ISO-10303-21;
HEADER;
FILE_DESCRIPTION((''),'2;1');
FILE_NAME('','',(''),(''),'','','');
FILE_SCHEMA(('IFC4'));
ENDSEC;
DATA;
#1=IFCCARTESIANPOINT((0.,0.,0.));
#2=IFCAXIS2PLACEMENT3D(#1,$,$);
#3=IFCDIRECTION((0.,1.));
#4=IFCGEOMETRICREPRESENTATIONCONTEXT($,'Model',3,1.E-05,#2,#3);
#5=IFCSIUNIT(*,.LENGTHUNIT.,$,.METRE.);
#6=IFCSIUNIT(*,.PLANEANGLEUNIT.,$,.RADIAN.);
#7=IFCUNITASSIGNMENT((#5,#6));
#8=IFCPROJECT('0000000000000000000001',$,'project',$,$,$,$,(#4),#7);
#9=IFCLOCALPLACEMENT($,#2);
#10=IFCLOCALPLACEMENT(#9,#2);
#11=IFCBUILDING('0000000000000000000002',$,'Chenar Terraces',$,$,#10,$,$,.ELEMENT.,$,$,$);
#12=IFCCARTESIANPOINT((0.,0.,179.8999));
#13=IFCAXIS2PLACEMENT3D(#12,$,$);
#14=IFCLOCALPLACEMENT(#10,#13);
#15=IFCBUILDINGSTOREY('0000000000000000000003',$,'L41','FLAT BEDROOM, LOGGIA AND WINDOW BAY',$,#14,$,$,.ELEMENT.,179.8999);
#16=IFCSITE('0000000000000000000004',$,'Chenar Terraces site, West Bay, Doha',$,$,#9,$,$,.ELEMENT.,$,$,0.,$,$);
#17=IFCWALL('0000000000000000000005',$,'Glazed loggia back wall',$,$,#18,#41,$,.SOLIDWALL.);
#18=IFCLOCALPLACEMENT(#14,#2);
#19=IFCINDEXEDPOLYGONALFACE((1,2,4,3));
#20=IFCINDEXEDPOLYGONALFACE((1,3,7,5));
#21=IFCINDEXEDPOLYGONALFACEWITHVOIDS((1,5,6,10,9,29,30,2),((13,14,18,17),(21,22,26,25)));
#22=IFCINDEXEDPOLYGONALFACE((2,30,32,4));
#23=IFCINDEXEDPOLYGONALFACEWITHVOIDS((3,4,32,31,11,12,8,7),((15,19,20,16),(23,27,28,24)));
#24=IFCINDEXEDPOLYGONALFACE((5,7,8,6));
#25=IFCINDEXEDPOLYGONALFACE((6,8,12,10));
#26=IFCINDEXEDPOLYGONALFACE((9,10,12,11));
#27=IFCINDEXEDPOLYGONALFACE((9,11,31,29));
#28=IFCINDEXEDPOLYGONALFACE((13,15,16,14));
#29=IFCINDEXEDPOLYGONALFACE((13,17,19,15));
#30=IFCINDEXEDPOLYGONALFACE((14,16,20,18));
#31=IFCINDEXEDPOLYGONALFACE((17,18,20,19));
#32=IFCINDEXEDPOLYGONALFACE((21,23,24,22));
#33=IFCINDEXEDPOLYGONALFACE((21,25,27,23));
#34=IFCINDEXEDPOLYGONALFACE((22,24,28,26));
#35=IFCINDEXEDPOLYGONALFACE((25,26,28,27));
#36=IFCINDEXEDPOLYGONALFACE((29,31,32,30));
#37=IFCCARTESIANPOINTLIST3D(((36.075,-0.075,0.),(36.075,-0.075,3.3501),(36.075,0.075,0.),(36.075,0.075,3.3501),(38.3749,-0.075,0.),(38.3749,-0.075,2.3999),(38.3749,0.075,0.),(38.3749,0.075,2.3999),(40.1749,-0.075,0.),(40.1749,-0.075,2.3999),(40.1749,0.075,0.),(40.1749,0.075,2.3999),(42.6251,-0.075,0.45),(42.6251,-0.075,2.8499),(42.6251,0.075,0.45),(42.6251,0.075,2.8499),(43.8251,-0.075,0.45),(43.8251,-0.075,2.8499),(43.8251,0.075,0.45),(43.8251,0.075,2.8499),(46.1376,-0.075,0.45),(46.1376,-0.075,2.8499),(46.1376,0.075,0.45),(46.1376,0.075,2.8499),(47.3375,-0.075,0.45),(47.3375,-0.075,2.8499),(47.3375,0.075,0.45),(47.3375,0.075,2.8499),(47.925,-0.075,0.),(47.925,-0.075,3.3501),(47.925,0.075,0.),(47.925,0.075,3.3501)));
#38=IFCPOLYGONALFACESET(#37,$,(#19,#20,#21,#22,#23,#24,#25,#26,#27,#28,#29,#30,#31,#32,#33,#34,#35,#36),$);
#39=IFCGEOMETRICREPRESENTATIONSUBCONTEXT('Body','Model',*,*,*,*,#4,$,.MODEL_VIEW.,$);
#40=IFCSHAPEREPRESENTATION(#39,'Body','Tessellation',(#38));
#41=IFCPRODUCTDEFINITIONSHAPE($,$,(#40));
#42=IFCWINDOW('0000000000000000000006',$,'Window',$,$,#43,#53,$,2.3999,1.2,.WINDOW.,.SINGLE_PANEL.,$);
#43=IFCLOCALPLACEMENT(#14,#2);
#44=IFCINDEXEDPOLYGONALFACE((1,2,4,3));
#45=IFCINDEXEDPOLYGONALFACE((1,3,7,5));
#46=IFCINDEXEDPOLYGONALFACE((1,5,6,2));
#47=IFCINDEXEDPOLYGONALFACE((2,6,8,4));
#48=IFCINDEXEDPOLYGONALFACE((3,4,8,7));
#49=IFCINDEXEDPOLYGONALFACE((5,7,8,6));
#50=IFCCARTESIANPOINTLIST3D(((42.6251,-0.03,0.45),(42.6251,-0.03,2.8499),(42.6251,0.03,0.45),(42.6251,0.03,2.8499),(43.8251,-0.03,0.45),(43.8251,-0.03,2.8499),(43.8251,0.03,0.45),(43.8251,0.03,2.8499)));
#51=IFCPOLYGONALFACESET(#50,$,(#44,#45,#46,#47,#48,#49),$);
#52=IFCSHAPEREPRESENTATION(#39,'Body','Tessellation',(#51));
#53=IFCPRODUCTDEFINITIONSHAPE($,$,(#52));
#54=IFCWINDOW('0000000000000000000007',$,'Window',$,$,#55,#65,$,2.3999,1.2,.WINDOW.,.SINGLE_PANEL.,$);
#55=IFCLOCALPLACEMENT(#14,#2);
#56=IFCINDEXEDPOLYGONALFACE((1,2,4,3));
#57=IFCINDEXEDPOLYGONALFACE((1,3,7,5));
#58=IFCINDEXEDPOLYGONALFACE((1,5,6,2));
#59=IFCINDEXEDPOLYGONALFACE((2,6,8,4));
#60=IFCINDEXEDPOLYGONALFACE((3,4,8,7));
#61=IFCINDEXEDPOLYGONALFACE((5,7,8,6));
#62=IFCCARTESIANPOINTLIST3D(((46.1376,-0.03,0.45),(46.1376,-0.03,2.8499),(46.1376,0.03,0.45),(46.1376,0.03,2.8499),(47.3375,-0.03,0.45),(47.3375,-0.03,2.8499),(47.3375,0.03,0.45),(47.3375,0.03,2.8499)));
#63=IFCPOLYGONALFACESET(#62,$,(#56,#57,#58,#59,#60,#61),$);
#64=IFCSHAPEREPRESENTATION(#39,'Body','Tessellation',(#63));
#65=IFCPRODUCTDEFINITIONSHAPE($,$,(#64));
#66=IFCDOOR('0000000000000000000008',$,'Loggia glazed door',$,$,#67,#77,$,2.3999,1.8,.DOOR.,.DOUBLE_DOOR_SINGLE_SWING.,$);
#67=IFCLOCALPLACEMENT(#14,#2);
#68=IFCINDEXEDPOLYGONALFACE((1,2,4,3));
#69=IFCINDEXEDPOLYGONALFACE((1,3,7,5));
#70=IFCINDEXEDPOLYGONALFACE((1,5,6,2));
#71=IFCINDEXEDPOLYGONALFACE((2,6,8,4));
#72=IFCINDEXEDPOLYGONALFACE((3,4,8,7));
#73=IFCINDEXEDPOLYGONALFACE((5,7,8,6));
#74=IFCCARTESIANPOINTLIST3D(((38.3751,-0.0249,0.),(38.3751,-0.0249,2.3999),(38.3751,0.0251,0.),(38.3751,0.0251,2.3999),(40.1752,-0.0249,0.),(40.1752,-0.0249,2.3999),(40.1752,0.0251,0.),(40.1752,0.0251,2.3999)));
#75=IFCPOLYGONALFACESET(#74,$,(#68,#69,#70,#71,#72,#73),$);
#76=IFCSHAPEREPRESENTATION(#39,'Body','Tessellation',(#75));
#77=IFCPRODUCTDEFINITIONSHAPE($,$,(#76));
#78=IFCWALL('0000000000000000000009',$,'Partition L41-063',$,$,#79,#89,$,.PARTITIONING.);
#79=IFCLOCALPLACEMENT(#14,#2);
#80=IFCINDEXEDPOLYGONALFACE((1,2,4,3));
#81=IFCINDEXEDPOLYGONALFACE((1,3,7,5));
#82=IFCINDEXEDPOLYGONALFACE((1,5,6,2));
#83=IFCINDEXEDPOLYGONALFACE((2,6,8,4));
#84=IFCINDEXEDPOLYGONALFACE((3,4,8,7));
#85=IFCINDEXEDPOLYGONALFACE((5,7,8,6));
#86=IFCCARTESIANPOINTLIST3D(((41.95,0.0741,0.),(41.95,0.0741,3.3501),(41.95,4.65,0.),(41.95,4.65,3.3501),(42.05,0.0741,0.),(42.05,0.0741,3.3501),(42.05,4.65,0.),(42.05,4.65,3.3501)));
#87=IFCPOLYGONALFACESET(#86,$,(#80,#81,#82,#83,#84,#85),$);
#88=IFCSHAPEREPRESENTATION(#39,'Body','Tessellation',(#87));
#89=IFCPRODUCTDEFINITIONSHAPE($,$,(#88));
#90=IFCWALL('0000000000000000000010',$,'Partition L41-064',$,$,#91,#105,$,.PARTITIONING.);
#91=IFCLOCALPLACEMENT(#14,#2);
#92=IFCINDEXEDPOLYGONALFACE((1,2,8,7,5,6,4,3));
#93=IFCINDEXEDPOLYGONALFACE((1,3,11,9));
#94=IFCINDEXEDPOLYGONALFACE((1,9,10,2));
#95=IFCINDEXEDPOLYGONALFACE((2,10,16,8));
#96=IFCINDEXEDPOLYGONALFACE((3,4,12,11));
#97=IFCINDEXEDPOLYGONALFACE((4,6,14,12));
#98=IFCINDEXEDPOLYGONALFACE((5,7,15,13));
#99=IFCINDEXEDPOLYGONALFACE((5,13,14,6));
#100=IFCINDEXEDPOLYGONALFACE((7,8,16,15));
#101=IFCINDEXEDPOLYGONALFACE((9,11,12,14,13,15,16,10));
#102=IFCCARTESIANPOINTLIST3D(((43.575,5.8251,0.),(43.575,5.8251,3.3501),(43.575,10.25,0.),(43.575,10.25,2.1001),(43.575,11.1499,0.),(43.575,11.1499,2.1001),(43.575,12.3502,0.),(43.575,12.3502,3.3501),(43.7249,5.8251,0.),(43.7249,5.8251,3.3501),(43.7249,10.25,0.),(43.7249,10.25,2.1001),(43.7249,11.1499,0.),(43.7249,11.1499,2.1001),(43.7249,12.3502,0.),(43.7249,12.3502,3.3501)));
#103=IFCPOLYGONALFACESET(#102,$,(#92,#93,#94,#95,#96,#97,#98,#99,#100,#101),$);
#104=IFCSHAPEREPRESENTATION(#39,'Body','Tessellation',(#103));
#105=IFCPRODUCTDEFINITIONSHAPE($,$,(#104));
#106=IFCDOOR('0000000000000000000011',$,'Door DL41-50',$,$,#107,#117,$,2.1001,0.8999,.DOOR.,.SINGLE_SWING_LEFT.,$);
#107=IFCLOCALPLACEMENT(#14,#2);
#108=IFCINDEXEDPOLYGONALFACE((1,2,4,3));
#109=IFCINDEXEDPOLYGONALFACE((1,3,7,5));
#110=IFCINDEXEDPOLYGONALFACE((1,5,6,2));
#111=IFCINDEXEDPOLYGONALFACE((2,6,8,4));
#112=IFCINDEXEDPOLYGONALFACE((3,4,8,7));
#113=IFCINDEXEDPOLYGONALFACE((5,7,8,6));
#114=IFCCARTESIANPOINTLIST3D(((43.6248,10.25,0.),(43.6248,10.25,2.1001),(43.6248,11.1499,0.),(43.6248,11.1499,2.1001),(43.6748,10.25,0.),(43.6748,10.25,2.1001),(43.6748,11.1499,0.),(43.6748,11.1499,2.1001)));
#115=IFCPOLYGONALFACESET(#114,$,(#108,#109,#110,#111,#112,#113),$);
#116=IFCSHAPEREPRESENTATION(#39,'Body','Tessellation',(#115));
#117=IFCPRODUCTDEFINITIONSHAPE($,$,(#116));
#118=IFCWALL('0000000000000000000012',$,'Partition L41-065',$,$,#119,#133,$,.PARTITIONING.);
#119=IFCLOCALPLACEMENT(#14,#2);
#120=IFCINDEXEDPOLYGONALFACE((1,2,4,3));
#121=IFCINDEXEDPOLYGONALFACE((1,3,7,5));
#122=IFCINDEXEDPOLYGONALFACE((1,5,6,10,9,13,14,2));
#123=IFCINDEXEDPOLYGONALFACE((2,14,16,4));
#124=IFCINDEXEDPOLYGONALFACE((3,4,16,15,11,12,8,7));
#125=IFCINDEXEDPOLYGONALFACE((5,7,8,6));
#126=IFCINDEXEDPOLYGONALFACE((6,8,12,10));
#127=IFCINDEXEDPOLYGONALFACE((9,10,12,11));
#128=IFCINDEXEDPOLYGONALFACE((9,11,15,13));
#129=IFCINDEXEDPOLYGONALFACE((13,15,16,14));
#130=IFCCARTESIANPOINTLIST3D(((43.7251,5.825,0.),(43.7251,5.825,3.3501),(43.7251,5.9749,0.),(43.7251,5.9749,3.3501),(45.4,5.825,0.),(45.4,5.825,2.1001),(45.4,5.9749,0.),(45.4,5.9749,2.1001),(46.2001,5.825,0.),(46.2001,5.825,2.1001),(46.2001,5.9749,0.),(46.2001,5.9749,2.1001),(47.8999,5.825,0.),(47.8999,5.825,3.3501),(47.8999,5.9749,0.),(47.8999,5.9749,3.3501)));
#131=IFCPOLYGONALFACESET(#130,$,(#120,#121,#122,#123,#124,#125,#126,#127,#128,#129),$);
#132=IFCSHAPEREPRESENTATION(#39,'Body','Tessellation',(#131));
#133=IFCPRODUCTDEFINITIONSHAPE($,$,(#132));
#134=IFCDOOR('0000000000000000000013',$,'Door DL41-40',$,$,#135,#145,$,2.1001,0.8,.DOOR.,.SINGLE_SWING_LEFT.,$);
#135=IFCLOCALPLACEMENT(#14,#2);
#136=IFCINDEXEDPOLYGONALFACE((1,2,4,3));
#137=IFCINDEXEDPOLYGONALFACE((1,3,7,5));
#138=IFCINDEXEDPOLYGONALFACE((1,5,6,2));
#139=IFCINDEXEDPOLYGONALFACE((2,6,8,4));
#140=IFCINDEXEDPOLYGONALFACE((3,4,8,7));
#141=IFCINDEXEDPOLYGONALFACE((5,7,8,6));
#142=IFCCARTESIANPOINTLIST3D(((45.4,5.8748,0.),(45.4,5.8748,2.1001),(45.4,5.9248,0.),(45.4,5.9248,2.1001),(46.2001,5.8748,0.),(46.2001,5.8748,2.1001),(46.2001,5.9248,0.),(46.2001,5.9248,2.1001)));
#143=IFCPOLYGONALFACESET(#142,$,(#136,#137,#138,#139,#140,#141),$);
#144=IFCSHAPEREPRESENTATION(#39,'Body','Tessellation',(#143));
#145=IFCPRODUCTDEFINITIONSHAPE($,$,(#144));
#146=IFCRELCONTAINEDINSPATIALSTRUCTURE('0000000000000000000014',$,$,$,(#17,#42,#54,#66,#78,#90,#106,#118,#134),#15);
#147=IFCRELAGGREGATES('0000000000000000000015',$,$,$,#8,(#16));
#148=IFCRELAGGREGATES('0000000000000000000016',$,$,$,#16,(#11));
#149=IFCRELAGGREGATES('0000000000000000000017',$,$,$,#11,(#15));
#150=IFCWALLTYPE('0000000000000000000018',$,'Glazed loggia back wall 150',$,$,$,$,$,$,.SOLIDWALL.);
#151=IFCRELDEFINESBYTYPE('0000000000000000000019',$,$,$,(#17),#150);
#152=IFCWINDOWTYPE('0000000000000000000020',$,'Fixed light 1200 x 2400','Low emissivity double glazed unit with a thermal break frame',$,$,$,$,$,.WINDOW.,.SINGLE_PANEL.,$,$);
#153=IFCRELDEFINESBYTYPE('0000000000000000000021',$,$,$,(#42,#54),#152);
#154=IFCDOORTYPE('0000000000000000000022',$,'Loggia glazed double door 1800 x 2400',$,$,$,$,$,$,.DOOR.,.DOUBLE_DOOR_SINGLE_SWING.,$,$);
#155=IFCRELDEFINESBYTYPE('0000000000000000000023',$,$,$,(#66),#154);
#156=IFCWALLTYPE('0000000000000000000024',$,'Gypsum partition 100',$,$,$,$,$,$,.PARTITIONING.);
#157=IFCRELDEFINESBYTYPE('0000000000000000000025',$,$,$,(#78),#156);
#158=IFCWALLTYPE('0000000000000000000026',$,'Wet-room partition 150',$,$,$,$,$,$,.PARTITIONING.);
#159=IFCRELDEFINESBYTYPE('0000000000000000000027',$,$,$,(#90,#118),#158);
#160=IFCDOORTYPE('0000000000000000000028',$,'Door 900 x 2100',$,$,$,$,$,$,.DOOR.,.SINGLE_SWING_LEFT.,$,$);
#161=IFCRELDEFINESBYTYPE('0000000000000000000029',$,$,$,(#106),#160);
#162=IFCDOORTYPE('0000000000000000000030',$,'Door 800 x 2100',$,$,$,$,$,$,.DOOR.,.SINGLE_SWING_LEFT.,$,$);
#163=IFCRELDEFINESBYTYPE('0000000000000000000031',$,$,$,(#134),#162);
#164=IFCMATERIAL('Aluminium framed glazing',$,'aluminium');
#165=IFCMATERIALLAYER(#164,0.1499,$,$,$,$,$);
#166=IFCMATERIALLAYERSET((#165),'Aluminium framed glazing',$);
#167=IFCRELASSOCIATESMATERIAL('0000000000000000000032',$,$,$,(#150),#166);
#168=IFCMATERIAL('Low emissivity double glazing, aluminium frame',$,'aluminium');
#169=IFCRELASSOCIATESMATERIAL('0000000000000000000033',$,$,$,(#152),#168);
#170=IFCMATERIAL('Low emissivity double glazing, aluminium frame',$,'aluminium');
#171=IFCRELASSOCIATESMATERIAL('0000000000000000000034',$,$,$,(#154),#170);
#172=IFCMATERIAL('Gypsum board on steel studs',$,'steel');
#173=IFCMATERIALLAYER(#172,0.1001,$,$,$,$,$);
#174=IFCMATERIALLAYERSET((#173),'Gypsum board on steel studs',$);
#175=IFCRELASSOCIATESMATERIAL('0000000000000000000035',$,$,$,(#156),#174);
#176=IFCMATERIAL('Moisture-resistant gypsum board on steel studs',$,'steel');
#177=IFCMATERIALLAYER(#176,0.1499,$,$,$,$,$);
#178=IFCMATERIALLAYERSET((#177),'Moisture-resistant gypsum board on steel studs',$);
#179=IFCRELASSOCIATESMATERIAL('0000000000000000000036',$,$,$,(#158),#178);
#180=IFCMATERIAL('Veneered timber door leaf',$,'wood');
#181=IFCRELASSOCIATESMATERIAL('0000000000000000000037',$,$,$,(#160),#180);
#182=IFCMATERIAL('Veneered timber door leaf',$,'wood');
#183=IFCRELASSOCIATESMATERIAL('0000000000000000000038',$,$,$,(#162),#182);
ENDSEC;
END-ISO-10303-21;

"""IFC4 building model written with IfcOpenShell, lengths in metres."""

from ifc_helpers import new_model, si_unit, direction, frame, frame_2d, origin, place, context, subcontext, project, spatial, rectangle, extrude, material, layer, layer_set, type_object, element, fill, save


model = new_model("IFC4")

# Units and contexts
model_context = context("Model", 3, precision=1e-05, world=origin(), true_north=direction((0.0, 1.0)))
body_context = subcontext(model_context, "Body", "Model", "MODEL_VIEW")
ifc_project = project(units=[si_unit("LENGTHUNIT", "METRE"), si_unit("PLANEANGLEUNIT", "RADIAN")], contexts=[model_context])

# Site, building, storey
site_placement = place(None, origin())
site = spatial("IfcSite", under=ifc_project, at=site_placement, Name="Chenar Terraces site, West Bay, Doha", CompositionType="ELEMENT", RefElevation=0.0)
building_placement = place(site_placement, origin())
building = spatial("IfcBuilding", under=site, at=building_placement, Name="Chenar Terraces", CompositionType="ELEMENT")
storey_placement = place(building_placement, frame((0.0, 0.0, 179.8999)))
storey = spatial("IfcBuildingStorey", under=building, at=storey_placement, Name="L41", Description="FLAT BEDROOM, LOGGIA AND WINDOW BAY", CompositionType="ELEMENT", Elevation=179.8999)

# Wall, openings, windows, door
ifc_material_1 = material(Name="Aluminium framed glazing", Category="aluminium")
ifc_layer_1 = layer(ifc_material_1, 0.1499)
ifc_layer_set_1 = layer_set([ifc_layer_1], Name="Aluminium framed glazing")
wall_type_1 = type_object("IfcWallType", Name="Glazed loggia back wall 150", PredefinedType="SOLIDWALL", material=ifc_layer_set_1)
wall_1_placement = place(storey_placement, frame((36.075, 0.0, 0.0), z_axis=(0.0, 0.0, 1.0), x_axis=(1.0, 0.0, 0.0)))
wall_1 = element("IfcWall", 1, at=wall_1_placement, inside=storey, type_object=wall_type_1, Name="Glazed loggia back wall", PredefinedType="SOLIDWALL", context=body_context, shape_type="SweptSolid", body=[
    extrude(rectangle(XDim=11.8501, YDim=0.1499, at=frame_2d((5.925, 0.0))), origin(), (0.0, 0.0, 1.0), 3.3501),
])
opening_1_placement = place(wall_1_placement, frame((2.3, 0.0, 0.0)))
opening_1 = element("IfcOpeningElement", 2, at=opening_1_placement, cuts=wall_1, PredefinedType="OPENING", context=body_context, shape_type="SweptSolid", body=[
    extrude(rectangle(XDim=1.8, YDim=2.3999, at=frame_2d((0.8999, 1.2))), frame((0.0, 0.085, 0.0), z_axis=(0.0, -1.0, 0.0), x_axis=(1.0, 0.0, 0.0)), (0.0, 0.0, 1.0), 0.1699),
])
opening_2_placement = place(wall_1_placement, frame((6.55, 0.0, 0.45)))
opening_2 = element("IfcOpeningElement", 3, at=opening_2_placement, cuts=wall_1, PredefinedType="OPENING", context=body_context, shape_type="SweptSolid", body=[
    extrude(rectangle(XDim=1.2, YDim=2.3999, at=frame_2d((0.6001, 1.2))), frame((0.0, 0.085, 0.0), z_axis=(0.0, -1.0, 0.0), x_axis=(1.0, 0.0, 0.0)), (0.0, 0.0, 1.0), 0.1699),
])
opening_3_placement = place(wall_1_placement, frame((10.0625, 0.0, 0.45)))
opening_3 = element("IfcOpeningElement", 4, at=opening_3_placement, cuts=wall_1, PredefinedType="OPENING", context=body_context, shape_type="SweptSolid", body=[
    extrude(rectangle(XDim=1.2, YDim=2.3999, at=frame_2d((0.6001, 1.2))), frame((0.0, 0.085, 0.0), z_axis=(0.0, -1.0, 0.0), x_axis=(1.0, 0.0, 0.0)), (0.0, 0.0, 1.0), 0.1699),
])
ifc_material_2 = material(Name="Low emissivity double glazing, aluminium frame", Category="aluminium")
window_type = type_object("IfcWindowType", Name="Fixed light 1200 x 2400", Description="Low emissivity double glazed unit with a thermal break frame", PartitioningType="SINGLE_PANEL", PredefinedType="WINDOW", material=ifc_material_2)
window_1_placement = place(opening_2_placement, origin())
window_1 = element("IfcWindow", 5, at=window_1_placement, inside=storey, type_object=window_type, Name="Window", OverallHeight=2.3999, OverallWidth=1.2, PartitioningType="SINGLE_PANEL", PredefinedType="WINDOW", context=body_context, shape_type="SweptSolid", body=[
    extrude(rectangle(XDim=1.2, YDim=2.3999, at=frame_2d((0.6001, 1.2))), frame((0.0, 0.03, 0.0), z_axis=(0.0, -1.0, 0.0), x_axis=(1.0, 0.0, 0.0)), (0.0, 0.0, 1.0), 0.0601),
])
fill(opening_2, window_1)
window_2_placement = place(opening_3_placement, origin())
window_2 = element("IfcWindow", 6, at=window_2_placement, inside=storey, type_object=window_type, Name="Window", OverallHeight=2.3999, OverallWidth=1.2, PartitioningType="SINGLE_PANEL", PredefinedType="WINDOW", context=body_context, shape_type="SweptSolid", body=[
    extrude(rectangle(XDim=1.2, YDim=2.3999, at=frame_2d((0.6001, 1.2))), frame((0.0, 0.03, 0.0), z_axis=(0.0, -1.0, 0.0), x_axis=(1.0, 0.0, 0.0)), (0.0, 0.0, 1.0), 0.0601),
])
fill(opening_3, window_2)
ifc_material_3 = material(Name="Low emissivity double glazing, aluminium frame", Category="aluminium")
door_type_1 = type_object("IfcDoorType", Name="Loggia glazed double door 1800 x 2400", OperationType="DOUBLE_DOOR_SINGLE_SWING", PredefinedType="DOOR", material=ifc_material_3)
door_1_placement = place(opening_1_placement, frame((1.8, 0.0, 0.0), z_axis=(0.0, 0.0, 1.0), x_axis=(-1.0, 0.0, 0.0)))
door_1 = element("IfcDoor", 7, at=door_1_placement, inside=storey, type_object=door_type_1, Name="Loggia glazed door", OperationType="DOUBLE_DOOR_SINGLE_SWING", OverallHeight=2.3999, OverallWidth=1.8, PredefinedType="DOOR", context=body_context, shape_type="SweptSolid", body=[
    extrude(rectangle(XDim=1.8, YDim=2.3999, at=frame_2d((0.8999, 1.2))), frame((0.0, 0.0249, 0.0), z_axis=(0.0, -1.0, 0.0), x_axis=(1.0, 0.0, 0.0)), (0.0, 0.0, 1.0), 0.05),
])
fill(opening_1, door_1)

# Wall
ifc_material_4 = material(Name="Gypsum board on steel studs", Category="steel")
ifc_layer_2 = layer(ifc_material_4, 0.1001)
ifc_layer_set_2 = layer_set([ifc_layer_2], Name="Gypsum board on steel studs")
wall_type_2 = type_object("IfcWallType", Name="Gypsum partition 100", PredefinedType="PARTITIONING", material=ifc_layer_set_2)
wall_2_placement = place(storey_placement, frame((42.0, 0.074, 0.0), z_axis=(0.0, 0.0, 1.0), x_axis=(0.0, 1.0, 0.0)))
element("IfcWall", 8, at=wall_2_placement, inside=storey, type_object=wall_type_2, Name="Partition L41-063", PredefinedType="PARTITIONING", context=body_context, shape_type="SweptSolid", body=[
    extrude(rectangle(XDim=4.5759, YDim=0.1001, at=frame_2d((2.2881, 0.0))), origin(), (0.0, 0.0, 1.0), 3.3501),
])

# Walls, openings, doors
ifc_material_5 = material(Name="Moisture-resistant gypsum board on steel studs", Category="steel")
ifc_layer_3 = layer(ifc_material_5, 0.1499)
ifc_layer_set_3 = layer_set([ifc_layer_3], Name="Moisture-resistant gypsum board on steel studs")
wall_type_3 = type_object("IfcWallType", Name="Wet-room partition 150", PredefinedType="PARTITIONING", material=ifc_layer_set_3)
wall_3_placement = place(storey_placement, frame((43.6499, 5.825, 0.0), z_axis=(0.0, 0.0, 1.0), x_axis=(0.0, 1.0, 0.0)))
wall_3 = element("IfcWall", 9, at=wall_3_placement, inside=storey, type_object=wall_type_3, Name="Partition L41-064", PredefinedType="PARTITIONING", context=body_context, shape_type="SweptSolid", body=[
    extrude(rectangle(XDim=6.5251, YDim=0.1499, at=frame_2d((3.2627, 0.0))), origin(), (0.0, 0.0, 1.0), 3.3501),
])
opening_4_placement = place(wall_3_placement, frame((4.425, 0.0, 0.0)))
opening_4 = element("IfcOpeningElement", 10, at=opening_4_placement, cuts=wall_3, PredefinedType="OPENING", context=body_context, shape_type="SweptSolid", body=[
    extrude(rectangle(XDim=0.8999, YDim=2.1001, at=frame_2d((0.45, 1.05))), frame((0.0, 0.085, 0.0), z_axis=(0.0, -1.0, 0.0), x_axis=(1.0, 0.0, 0.0)), (0.0, 0.0, 1.0), 0.1699),
])
ifc_material_6 = material(Name="Veneered timber door leaf", Category="wood")
door_type_2 = type_object("IfcDoorType", Name="Door 900 x 2100", OperationType="SINGLE_SWING_LEFT", PredefinedType="DOOR", material=ifc_material_6)
door_2_placement = place(opening_4_placement, frame((0.8999, 0.0, 0.0), z_axis=(0.0, 0.0, 1.0), x_axis=(-1.0, 0.0, 0.0)))
door_2 = element("IfcDoor", 11, at=door_2_placement, inside=storey, type_object=door_type_2, Name="Door DL41-50", OperationType="SINGLE_SWING_LEFT", OverallHeight=2.1001, OverallWidth=0.8999, PredefinedType="DOOR", context=body_context, shape_type="SweptSolid", body=[
    extrude(rectangle(XDim=0.8999, YDim=2.1001, at=frame_2d((0.45, 1.05))), frame((0.0, 0.0249, 0.0), z_axis=(0.0, -1.0, 0.0), x_axis=(1.0, 0.0, 0.0)), (0.0, 0.0, 1.0), 0.05),
])
fill(opening_4, door_2)
wall_4_placement = place(storey_placement, frame((43.7251, 5.8999, 0.0), z_axis=(0.0, 0.0, 1.0), x_axis=(1.0, 0.0, 0.0)))
wall_4 = element("IfcWall", 12, at=wall_4_placement, inside=storey, type_object=wall_type_3, Name="Partition L41-065", PredefinedType="PARTITIONING", context=body_context, shape_type="SweptSolid", body=[
    extrude(rectangle(XDim=4.1748, YDim=0.1499, at=frame_2d((2.0874, 0.0))), origin(), (0.0, 0.0, 1.0), 3.3501),
])
opening_5_placement = place(wall_4_placement, frame((1.675, 0.0, 0.0)))
opening_5 = element("IfcOpeningElement", 13, at=opening_5_placement, cuts=wall_4, PredefinedType="OPENING", context=body_context, shape_type="SweptSolid", body=[
    extrude(rectangle(XDim=0.8, YDim=2.1001, at=frame_2d((0.3999, 1.05))), frame((0.0, 0.085, 0.0), z_axis=(0.0, -1.0, 0.0), x_axis=(1.0, 0.0, 0.0)), (0.0, 0.0, 1.0), 0.1699),
])
ifc_material_7 = material(Name="Veneered timber door leaf", Category="wood")
door_type_3 = type_object("IfcDoorType", Name="Door 800 x 2100", OperationType="SINGLE_SWING_LEFT", PredefinedType="DOOR", material=ifc_material_7)
door_3_placement = place(opening_5_placement, origin())
door_3 = element("IfcDoor", 14, at=door_3_placement, inside=storey, type_object=door_type_3, Name="Door DL41-40", OperationType="SINGLE_SWING_LEFT", OverallHeight=2.1001, OverallWidth=0.8, PredefinedType="DOOR", context=body_context, shape_type="SweptSolid", body=[
    extrude(rectangle(XDim=0.8, YDim=2.1001, at=frame_2d((0.3999, 1.05))), frame((0.0, 0.0249, 0.0), z_axis=(0.0, -1.0, 0.0), x_axis=(1.0, 0.0, 0.0)), (0.0, 0.0, 1.0), 0.05),
])
fill(opening_5, door_3)

save(model, "model.ifc")
